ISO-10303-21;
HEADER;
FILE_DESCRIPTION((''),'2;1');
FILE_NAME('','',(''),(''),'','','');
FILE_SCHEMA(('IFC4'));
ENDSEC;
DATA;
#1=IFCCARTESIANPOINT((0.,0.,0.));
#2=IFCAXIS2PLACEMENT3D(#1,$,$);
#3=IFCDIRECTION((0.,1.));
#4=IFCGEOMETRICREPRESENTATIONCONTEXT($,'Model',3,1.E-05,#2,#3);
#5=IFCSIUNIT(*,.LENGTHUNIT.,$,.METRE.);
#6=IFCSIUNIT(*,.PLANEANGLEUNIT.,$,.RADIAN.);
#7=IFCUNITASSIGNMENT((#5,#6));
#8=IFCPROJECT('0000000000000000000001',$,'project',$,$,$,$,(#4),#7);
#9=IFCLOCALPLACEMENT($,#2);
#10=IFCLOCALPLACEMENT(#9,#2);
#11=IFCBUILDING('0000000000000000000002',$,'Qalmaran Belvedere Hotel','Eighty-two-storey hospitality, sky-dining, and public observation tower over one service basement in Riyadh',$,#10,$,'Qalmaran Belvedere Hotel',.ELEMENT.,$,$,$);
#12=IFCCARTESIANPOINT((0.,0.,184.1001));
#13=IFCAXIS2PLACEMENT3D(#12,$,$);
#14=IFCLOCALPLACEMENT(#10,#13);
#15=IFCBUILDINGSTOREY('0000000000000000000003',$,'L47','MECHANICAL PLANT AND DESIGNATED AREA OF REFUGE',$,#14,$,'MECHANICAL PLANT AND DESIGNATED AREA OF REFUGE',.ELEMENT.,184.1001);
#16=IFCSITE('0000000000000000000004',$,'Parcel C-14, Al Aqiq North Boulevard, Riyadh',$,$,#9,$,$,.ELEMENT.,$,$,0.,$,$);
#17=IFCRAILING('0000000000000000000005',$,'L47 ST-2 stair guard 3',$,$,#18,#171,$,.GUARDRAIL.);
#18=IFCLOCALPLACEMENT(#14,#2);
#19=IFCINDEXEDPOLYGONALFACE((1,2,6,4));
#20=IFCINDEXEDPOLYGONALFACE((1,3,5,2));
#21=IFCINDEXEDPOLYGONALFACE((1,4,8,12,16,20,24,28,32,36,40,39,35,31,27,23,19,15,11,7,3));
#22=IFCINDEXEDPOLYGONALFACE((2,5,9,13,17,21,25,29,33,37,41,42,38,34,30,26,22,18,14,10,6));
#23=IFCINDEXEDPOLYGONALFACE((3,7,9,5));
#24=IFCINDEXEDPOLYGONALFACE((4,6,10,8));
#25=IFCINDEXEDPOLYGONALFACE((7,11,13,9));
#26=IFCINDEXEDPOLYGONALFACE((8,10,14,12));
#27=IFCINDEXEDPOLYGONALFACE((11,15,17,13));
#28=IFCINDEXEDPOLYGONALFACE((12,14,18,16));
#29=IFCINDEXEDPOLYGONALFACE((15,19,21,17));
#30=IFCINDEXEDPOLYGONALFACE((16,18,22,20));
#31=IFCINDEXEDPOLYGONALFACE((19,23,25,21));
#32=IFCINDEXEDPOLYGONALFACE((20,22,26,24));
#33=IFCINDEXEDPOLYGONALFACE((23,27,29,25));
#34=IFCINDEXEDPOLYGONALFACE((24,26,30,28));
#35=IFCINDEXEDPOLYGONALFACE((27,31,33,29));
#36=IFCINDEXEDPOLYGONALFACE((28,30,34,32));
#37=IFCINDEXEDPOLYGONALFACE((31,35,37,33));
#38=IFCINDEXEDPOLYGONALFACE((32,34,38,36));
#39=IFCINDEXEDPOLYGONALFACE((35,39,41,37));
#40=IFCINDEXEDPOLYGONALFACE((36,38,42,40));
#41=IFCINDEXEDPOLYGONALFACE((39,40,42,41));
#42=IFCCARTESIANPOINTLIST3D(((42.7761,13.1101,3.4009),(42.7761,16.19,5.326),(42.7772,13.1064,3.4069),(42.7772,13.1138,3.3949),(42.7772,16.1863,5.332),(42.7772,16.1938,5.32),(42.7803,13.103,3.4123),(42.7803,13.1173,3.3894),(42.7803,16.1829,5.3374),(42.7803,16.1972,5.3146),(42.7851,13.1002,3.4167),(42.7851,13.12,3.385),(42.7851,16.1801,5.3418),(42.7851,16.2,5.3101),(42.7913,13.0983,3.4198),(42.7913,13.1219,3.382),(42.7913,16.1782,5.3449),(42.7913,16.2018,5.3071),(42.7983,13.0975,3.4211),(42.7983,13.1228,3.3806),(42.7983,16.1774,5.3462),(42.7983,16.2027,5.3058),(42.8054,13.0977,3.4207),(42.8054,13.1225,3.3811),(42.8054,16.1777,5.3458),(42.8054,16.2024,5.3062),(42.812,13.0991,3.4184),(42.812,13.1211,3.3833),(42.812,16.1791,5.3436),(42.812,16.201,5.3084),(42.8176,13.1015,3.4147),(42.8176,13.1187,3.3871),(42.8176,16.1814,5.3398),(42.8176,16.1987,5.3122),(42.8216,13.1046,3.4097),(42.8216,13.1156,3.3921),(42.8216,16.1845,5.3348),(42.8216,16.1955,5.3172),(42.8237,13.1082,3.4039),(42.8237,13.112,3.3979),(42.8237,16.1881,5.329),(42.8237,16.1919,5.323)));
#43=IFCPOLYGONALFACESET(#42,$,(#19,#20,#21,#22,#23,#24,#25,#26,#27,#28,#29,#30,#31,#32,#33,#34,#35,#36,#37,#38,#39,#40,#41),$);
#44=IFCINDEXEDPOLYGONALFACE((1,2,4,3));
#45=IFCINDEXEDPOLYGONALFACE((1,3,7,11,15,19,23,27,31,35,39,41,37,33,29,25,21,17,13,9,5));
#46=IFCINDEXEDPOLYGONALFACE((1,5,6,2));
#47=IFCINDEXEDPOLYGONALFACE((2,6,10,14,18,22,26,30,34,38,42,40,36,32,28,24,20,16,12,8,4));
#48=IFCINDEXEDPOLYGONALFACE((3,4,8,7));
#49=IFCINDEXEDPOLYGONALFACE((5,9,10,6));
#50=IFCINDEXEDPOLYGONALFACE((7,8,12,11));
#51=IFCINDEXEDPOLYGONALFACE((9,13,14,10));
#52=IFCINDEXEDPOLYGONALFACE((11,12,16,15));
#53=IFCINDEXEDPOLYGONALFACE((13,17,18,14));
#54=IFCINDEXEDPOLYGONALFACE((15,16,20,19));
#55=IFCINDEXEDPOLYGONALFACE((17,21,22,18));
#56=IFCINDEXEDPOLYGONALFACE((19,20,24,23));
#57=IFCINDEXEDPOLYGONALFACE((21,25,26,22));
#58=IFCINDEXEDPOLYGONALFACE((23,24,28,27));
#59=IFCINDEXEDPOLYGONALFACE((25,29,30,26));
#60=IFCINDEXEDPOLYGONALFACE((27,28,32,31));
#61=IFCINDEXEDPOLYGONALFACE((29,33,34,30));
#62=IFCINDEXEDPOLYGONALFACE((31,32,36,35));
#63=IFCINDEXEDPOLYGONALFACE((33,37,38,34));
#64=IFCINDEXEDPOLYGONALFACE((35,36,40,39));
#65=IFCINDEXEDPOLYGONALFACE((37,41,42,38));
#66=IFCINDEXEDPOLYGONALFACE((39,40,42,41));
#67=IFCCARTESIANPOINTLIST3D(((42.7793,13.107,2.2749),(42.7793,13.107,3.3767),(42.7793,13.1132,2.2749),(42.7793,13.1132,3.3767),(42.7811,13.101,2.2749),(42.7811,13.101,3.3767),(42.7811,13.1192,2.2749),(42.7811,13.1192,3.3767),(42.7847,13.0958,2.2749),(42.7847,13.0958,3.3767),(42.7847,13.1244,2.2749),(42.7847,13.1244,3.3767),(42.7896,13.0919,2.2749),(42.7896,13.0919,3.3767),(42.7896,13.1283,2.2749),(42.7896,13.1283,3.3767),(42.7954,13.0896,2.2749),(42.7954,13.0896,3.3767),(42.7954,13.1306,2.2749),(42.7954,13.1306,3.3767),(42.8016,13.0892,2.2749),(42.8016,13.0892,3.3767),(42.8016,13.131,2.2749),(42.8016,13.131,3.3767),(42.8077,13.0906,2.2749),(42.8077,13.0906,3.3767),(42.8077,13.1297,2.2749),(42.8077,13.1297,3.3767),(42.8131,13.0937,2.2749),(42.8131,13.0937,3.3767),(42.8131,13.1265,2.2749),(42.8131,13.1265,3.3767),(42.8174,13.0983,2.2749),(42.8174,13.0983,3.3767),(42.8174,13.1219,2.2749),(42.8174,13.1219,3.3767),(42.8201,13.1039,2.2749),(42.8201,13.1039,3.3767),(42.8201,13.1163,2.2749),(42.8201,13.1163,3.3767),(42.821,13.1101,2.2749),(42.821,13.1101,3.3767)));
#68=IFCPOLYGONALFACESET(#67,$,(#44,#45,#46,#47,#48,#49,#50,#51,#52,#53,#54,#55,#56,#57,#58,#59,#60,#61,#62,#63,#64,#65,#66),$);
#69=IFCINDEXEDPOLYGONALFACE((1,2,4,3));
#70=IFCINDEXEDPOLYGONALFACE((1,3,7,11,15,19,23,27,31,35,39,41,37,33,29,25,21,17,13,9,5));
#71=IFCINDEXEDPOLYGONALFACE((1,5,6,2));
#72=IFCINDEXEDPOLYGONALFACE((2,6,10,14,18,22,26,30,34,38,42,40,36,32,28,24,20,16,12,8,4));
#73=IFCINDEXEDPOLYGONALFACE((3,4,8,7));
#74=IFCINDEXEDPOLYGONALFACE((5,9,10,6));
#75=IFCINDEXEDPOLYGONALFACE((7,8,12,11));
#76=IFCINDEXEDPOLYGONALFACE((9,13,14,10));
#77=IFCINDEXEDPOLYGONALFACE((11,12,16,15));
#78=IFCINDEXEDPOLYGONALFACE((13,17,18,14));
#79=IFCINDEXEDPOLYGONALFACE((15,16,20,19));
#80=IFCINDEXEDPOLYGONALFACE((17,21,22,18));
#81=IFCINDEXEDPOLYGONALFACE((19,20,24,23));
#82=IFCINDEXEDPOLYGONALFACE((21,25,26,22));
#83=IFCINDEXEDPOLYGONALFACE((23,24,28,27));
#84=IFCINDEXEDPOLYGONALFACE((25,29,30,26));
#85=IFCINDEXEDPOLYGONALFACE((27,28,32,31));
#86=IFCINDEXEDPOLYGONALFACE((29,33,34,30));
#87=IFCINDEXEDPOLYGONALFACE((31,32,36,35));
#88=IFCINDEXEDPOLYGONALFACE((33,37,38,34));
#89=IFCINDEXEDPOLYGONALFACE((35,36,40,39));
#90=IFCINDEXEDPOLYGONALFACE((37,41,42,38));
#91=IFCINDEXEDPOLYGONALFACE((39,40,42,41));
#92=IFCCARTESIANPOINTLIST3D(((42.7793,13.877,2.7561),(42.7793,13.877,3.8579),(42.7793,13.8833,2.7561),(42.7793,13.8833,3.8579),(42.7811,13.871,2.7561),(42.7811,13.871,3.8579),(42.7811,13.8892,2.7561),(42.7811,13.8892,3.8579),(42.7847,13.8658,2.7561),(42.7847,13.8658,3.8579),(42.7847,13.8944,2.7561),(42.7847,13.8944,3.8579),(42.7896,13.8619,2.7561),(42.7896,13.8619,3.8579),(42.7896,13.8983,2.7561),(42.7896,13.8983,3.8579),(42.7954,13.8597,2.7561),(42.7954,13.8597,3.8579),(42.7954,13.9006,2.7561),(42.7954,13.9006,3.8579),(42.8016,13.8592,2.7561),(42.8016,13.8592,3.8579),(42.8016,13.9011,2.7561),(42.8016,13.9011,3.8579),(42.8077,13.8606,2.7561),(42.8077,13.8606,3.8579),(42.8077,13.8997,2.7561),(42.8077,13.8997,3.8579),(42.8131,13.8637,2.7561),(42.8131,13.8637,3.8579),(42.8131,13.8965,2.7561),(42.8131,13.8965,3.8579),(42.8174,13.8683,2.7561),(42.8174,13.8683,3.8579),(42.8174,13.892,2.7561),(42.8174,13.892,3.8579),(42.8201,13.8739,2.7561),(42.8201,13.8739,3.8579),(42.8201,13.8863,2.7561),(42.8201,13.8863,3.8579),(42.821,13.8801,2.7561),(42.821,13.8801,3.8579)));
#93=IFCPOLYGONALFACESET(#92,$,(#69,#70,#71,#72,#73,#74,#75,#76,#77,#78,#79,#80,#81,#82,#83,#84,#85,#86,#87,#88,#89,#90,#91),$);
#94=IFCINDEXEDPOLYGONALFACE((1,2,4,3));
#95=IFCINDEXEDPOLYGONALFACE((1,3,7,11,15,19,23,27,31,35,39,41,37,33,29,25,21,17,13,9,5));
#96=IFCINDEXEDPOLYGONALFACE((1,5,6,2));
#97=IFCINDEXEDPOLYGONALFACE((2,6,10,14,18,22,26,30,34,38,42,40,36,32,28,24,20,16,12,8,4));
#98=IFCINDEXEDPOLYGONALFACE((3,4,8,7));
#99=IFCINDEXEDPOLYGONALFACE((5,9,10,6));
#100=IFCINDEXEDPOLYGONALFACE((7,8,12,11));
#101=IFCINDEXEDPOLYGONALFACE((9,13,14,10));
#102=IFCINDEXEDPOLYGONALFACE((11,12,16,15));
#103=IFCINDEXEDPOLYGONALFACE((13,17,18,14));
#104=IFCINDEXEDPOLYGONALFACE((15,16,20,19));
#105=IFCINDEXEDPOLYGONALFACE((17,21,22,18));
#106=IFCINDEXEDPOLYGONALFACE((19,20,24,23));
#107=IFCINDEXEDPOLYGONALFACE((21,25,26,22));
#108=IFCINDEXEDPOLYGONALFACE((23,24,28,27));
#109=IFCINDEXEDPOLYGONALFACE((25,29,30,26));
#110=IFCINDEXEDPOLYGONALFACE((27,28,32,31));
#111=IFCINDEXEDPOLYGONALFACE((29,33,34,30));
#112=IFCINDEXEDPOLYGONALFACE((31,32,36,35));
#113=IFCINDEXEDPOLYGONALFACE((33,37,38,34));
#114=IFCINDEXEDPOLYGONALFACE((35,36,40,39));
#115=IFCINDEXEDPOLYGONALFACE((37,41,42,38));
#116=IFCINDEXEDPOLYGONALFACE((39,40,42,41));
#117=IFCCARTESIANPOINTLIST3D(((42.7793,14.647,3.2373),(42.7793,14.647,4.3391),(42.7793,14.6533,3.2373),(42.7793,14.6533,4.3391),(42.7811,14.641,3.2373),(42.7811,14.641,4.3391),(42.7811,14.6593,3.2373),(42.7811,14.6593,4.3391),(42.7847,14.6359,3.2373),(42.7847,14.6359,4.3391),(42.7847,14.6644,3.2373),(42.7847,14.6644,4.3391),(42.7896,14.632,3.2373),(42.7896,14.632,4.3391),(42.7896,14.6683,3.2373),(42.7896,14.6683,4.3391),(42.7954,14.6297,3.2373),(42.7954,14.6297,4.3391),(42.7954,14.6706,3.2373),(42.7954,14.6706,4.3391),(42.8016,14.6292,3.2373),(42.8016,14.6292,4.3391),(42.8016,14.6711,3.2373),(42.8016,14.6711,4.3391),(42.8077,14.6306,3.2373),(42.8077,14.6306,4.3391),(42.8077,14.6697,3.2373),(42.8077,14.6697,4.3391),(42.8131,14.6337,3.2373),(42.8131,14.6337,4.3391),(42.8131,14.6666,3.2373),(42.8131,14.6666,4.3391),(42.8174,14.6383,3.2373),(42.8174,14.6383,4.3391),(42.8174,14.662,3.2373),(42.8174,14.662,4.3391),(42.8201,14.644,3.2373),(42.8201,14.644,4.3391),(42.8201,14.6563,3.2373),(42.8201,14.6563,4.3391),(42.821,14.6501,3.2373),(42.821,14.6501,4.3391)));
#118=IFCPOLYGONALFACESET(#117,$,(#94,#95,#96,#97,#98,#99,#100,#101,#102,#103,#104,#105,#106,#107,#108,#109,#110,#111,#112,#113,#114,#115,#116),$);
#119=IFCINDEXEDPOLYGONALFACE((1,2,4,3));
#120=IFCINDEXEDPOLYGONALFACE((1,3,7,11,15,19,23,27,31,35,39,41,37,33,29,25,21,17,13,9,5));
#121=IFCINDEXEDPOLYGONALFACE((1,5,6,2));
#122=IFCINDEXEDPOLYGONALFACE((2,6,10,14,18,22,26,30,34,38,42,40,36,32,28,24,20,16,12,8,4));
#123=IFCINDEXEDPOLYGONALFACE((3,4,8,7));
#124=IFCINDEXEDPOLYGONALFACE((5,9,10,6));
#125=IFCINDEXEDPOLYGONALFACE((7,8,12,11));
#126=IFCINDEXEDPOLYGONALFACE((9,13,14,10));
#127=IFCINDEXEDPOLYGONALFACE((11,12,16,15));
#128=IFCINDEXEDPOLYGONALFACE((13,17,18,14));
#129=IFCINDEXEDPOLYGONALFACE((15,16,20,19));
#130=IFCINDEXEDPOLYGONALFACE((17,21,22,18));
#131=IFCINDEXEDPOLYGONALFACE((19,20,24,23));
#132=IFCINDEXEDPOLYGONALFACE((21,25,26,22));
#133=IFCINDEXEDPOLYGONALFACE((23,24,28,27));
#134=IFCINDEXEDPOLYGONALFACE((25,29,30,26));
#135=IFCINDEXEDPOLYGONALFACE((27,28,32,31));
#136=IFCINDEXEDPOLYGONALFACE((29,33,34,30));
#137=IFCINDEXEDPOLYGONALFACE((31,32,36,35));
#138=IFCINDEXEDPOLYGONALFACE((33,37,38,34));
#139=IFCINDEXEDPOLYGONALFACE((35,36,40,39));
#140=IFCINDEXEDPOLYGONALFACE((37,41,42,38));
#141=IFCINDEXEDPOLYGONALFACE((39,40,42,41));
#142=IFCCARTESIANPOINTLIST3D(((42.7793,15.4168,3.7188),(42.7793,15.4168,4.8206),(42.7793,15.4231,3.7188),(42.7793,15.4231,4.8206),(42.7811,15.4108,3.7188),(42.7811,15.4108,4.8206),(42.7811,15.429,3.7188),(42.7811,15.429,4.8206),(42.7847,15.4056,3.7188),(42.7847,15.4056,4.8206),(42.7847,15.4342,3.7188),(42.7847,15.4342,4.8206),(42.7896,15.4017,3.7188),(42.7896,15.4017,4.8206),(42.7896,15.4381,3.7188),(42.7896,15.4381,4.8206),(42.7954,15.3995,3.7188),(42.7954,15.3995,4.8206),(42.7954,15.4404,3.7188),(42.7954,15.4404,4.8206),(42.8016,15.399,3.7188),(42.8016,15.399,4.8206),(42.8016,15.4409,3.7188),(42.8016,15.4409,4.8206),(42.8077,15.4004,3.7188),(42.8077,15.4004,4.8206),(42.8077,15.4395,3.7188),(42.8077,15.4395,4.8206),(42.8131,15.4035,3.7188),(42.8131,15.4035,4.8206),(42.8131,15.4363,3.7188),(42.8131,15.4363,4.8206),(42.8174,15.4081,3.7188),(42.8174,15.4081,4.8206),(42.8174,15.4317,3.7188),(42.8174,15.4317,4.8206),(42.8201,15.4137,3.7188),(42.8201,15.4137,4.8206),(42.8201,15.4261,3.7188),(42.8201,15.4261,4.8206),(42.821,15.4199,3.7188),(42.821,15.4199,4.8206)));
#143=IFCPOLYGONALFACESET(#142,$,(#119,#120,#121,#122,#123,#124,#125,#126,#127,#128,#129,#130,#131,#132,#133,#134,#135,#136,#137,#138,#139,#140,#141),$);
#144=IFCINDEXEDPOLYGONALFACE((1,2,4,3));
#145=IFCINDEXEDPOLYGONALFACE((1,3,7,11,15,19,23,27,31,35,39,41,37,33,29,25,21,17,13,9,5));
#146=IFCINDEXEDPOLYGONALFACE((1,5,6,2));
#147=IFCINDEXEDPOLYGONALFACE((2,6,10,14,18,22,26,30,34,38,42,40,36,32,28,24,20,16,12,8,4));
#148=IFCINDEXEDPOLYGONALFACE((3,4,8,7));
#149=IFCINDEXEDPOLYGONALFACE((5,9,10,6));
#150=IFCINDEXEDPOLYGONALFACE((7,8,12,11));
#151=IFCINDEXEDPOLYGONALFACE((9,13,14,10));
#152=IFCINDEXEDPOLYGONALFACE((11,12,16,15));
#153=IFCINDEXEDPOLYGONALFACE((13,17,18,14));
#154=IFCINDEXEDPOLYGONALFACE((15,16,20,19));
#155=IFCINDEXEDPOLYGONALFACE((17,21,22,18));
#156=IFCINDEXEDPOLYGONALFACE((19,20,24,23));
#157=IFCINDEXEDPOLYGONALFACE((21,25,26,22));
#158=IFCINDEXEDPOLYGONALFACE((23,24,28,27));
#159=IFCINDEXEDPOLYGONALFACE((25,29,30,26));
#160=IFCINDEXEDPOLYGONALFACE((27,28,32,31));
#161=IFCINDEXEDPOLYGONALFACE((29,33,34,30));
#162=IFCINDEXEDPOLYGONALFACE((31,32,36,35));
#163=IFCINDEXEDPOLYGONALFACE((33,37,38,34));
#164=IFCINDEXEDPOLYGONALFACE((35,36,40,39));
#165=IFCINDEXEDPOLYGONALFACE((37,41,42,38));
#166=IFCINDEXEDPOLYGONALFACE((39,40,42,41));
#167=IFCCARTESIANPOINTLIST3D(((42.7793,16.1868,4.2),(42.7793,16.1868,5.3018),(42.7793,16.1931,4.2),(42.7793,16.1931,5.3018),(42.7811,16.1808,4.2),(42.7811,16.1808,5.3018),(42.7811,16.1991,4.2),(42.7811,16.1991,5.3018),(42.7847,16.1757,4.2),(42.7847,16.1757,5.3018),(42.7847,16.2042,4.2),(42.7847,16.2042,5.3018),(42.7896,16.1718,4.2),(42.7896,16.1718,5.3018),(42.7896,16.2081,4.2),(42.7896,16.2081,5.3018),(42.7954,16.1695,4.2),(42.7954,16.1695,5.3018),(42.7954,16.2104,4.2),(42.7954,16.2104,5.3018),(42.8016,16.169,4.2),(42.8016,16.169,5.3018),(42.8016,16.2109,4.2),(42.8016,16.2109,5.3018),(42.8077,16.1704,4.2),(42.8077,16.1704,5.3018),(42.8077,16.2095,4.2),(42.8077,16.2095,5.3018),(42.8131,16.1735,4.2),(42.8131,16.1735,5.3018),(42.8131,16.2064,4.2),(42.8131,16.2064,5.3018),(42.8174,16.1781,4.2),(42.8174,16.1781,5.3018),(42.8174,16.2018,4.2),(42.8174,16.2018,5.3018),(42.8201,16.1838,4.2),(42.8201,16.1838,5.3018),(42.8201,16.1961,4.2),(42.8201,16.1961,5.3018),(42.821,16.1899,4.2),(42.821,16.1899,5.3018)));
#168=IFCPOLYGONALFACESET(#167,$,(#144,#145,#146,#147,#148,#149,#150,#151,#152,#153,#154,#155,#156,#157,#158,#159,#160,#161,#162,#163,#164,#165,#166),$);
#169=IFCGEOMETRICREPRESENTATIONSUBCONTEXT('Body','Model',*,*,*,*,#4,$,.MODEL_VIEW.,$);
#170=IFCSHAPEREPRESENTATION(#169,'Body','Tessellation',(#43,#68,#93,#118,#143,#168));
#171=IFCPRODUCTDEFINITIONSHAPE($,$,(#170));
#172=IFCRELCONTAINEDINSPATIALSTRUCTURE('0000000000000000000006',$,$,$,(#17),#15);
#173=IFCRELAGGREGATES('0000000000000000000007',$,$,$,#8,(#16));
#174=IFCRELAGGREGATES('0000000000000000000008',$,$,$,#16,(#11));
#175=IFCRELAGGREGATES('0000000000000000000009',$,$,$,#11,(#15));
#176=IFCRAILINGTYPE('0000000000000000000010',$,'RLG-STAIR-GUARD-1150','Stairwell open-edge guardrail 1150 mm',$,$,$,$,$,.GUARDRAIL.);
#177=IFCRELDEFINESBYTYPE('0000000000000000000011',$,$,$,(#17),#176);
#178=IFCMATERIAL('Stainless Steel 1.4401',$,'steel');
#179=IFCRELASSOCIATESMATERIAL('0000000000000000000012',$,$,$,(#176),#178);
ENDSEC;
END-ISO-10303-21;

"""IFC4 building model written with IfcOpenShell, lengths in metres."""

from ifc_helpers import new_model, si_unit, direction, frame, origin, origin_2d, place, context, subcontext, project, spatial, circle, extrude, material, type_object, element, save


model = new_model("IFC4")

# Units and contexts
model_context = context("Model", 3, precision=1e-05, world=origin(), true_north=direction((0.0, 1.0)))
body_context = subcontext(model_context, "Body", "Model", "MODEL_VIEW")
ifc_project = project(units=[si_unit("LENGTHUNIT", "METRE"), si_unit("PLANEANGLEUNIT", "RADIAN")], contexts=[model_context])

# Site, building, storey
site_placement = place(None, origin())
site = spatial("IfcSite", under=ifc_project, at=site_placement, Name="Parcel C-14, Al Aqiq North Boulevard, Riyadh", CompositionType="ELEMENT", RefElevation=0.0)
building_placement = place(site_placement, origin())
building = spatial("IfcBuilding", under=site, at=building_placement, Name="Qalmaran Belvedere Hotel", Description="Eighty-two-storey hospitality, sky-dining, and public observation tower over one service basement in Riyadh", LongName="Qalmaran Belvedere Hotel", CompositionType="ELEMENT")
storey_placement = place(building_placement, frame((0.0, 0.0, 184.1001)))
storey = spatial("IfcBuildingStorey", under=building, at=storey_placement, Name="L47", Description="MECHANICAL PLANT AND DESIGNATED AREA OF REFUGE", LongName="MECHANICAL PLANT AND DESIGNATED AREA OF REFUGE", CompositionType="ELEMENT", Elevation=184.1001)

# Railing
ifc_material_1 = material(Name="Stainless Steel 1.4401", Category="steel")
railing_type_1 = type_object("IfcRailingType", Name="RLG-STAIR-GUARD-1150", Description="Stairwell open-edge guardrail 1150 mm", PredefinedType="GUARDRAIL", material=ifc_material_1)
railing_1_placement = place(storey_placement, frame((42.8, 13.1101, 2.2749)))
element("IfcRailing", 1, at=railing_1_placement, inside=storey, type_object=railing_type_1, Name="L47 ST-2 stair guard 3", PredefinedType="GUARDRAIL", context=body_context, shape_type="SweptSolid", body=[
    extrude(circle(Radius=0.0239, at=origin_2d()), frame((0.0, 0.0, 1.126), z_axis=(0.0, 0.847979, 0.530029), x_axis=(-1.0, 0.0, 0.0)), (0.0, 0.0, 1.0), 3.6321),
    extrude(circle(Radius=0.021, at=origin_2d()), origin(), (0.0, 0.0, 1.0), 1.1018),
    extrude(circle(Radius=0.021, at=origin_2d()), frame((0.0, 0.77, 0.4812)), (0.0, 0.0, 1.0), 1.1018),
    extrude(circle(Radius=0.021, at=origin_2d()), frame((0.0, 1.54, 0.9624)), (0.0, 0.0, 1.0), 1.1018),
    extrude(circle(Radius=0.021, at=origin_2d()), frame((0.0, 2.3098, 1.4438)), (0.0, 0.0, 1.0), 1.1018),
    extrude(circle(Radius=0.021, at=origin_2d()), frame((0.0, 3.0798, 1.925)), (0.0, 0.0, 1.0), 1.1018),
])

save(model, "model.ifc")
